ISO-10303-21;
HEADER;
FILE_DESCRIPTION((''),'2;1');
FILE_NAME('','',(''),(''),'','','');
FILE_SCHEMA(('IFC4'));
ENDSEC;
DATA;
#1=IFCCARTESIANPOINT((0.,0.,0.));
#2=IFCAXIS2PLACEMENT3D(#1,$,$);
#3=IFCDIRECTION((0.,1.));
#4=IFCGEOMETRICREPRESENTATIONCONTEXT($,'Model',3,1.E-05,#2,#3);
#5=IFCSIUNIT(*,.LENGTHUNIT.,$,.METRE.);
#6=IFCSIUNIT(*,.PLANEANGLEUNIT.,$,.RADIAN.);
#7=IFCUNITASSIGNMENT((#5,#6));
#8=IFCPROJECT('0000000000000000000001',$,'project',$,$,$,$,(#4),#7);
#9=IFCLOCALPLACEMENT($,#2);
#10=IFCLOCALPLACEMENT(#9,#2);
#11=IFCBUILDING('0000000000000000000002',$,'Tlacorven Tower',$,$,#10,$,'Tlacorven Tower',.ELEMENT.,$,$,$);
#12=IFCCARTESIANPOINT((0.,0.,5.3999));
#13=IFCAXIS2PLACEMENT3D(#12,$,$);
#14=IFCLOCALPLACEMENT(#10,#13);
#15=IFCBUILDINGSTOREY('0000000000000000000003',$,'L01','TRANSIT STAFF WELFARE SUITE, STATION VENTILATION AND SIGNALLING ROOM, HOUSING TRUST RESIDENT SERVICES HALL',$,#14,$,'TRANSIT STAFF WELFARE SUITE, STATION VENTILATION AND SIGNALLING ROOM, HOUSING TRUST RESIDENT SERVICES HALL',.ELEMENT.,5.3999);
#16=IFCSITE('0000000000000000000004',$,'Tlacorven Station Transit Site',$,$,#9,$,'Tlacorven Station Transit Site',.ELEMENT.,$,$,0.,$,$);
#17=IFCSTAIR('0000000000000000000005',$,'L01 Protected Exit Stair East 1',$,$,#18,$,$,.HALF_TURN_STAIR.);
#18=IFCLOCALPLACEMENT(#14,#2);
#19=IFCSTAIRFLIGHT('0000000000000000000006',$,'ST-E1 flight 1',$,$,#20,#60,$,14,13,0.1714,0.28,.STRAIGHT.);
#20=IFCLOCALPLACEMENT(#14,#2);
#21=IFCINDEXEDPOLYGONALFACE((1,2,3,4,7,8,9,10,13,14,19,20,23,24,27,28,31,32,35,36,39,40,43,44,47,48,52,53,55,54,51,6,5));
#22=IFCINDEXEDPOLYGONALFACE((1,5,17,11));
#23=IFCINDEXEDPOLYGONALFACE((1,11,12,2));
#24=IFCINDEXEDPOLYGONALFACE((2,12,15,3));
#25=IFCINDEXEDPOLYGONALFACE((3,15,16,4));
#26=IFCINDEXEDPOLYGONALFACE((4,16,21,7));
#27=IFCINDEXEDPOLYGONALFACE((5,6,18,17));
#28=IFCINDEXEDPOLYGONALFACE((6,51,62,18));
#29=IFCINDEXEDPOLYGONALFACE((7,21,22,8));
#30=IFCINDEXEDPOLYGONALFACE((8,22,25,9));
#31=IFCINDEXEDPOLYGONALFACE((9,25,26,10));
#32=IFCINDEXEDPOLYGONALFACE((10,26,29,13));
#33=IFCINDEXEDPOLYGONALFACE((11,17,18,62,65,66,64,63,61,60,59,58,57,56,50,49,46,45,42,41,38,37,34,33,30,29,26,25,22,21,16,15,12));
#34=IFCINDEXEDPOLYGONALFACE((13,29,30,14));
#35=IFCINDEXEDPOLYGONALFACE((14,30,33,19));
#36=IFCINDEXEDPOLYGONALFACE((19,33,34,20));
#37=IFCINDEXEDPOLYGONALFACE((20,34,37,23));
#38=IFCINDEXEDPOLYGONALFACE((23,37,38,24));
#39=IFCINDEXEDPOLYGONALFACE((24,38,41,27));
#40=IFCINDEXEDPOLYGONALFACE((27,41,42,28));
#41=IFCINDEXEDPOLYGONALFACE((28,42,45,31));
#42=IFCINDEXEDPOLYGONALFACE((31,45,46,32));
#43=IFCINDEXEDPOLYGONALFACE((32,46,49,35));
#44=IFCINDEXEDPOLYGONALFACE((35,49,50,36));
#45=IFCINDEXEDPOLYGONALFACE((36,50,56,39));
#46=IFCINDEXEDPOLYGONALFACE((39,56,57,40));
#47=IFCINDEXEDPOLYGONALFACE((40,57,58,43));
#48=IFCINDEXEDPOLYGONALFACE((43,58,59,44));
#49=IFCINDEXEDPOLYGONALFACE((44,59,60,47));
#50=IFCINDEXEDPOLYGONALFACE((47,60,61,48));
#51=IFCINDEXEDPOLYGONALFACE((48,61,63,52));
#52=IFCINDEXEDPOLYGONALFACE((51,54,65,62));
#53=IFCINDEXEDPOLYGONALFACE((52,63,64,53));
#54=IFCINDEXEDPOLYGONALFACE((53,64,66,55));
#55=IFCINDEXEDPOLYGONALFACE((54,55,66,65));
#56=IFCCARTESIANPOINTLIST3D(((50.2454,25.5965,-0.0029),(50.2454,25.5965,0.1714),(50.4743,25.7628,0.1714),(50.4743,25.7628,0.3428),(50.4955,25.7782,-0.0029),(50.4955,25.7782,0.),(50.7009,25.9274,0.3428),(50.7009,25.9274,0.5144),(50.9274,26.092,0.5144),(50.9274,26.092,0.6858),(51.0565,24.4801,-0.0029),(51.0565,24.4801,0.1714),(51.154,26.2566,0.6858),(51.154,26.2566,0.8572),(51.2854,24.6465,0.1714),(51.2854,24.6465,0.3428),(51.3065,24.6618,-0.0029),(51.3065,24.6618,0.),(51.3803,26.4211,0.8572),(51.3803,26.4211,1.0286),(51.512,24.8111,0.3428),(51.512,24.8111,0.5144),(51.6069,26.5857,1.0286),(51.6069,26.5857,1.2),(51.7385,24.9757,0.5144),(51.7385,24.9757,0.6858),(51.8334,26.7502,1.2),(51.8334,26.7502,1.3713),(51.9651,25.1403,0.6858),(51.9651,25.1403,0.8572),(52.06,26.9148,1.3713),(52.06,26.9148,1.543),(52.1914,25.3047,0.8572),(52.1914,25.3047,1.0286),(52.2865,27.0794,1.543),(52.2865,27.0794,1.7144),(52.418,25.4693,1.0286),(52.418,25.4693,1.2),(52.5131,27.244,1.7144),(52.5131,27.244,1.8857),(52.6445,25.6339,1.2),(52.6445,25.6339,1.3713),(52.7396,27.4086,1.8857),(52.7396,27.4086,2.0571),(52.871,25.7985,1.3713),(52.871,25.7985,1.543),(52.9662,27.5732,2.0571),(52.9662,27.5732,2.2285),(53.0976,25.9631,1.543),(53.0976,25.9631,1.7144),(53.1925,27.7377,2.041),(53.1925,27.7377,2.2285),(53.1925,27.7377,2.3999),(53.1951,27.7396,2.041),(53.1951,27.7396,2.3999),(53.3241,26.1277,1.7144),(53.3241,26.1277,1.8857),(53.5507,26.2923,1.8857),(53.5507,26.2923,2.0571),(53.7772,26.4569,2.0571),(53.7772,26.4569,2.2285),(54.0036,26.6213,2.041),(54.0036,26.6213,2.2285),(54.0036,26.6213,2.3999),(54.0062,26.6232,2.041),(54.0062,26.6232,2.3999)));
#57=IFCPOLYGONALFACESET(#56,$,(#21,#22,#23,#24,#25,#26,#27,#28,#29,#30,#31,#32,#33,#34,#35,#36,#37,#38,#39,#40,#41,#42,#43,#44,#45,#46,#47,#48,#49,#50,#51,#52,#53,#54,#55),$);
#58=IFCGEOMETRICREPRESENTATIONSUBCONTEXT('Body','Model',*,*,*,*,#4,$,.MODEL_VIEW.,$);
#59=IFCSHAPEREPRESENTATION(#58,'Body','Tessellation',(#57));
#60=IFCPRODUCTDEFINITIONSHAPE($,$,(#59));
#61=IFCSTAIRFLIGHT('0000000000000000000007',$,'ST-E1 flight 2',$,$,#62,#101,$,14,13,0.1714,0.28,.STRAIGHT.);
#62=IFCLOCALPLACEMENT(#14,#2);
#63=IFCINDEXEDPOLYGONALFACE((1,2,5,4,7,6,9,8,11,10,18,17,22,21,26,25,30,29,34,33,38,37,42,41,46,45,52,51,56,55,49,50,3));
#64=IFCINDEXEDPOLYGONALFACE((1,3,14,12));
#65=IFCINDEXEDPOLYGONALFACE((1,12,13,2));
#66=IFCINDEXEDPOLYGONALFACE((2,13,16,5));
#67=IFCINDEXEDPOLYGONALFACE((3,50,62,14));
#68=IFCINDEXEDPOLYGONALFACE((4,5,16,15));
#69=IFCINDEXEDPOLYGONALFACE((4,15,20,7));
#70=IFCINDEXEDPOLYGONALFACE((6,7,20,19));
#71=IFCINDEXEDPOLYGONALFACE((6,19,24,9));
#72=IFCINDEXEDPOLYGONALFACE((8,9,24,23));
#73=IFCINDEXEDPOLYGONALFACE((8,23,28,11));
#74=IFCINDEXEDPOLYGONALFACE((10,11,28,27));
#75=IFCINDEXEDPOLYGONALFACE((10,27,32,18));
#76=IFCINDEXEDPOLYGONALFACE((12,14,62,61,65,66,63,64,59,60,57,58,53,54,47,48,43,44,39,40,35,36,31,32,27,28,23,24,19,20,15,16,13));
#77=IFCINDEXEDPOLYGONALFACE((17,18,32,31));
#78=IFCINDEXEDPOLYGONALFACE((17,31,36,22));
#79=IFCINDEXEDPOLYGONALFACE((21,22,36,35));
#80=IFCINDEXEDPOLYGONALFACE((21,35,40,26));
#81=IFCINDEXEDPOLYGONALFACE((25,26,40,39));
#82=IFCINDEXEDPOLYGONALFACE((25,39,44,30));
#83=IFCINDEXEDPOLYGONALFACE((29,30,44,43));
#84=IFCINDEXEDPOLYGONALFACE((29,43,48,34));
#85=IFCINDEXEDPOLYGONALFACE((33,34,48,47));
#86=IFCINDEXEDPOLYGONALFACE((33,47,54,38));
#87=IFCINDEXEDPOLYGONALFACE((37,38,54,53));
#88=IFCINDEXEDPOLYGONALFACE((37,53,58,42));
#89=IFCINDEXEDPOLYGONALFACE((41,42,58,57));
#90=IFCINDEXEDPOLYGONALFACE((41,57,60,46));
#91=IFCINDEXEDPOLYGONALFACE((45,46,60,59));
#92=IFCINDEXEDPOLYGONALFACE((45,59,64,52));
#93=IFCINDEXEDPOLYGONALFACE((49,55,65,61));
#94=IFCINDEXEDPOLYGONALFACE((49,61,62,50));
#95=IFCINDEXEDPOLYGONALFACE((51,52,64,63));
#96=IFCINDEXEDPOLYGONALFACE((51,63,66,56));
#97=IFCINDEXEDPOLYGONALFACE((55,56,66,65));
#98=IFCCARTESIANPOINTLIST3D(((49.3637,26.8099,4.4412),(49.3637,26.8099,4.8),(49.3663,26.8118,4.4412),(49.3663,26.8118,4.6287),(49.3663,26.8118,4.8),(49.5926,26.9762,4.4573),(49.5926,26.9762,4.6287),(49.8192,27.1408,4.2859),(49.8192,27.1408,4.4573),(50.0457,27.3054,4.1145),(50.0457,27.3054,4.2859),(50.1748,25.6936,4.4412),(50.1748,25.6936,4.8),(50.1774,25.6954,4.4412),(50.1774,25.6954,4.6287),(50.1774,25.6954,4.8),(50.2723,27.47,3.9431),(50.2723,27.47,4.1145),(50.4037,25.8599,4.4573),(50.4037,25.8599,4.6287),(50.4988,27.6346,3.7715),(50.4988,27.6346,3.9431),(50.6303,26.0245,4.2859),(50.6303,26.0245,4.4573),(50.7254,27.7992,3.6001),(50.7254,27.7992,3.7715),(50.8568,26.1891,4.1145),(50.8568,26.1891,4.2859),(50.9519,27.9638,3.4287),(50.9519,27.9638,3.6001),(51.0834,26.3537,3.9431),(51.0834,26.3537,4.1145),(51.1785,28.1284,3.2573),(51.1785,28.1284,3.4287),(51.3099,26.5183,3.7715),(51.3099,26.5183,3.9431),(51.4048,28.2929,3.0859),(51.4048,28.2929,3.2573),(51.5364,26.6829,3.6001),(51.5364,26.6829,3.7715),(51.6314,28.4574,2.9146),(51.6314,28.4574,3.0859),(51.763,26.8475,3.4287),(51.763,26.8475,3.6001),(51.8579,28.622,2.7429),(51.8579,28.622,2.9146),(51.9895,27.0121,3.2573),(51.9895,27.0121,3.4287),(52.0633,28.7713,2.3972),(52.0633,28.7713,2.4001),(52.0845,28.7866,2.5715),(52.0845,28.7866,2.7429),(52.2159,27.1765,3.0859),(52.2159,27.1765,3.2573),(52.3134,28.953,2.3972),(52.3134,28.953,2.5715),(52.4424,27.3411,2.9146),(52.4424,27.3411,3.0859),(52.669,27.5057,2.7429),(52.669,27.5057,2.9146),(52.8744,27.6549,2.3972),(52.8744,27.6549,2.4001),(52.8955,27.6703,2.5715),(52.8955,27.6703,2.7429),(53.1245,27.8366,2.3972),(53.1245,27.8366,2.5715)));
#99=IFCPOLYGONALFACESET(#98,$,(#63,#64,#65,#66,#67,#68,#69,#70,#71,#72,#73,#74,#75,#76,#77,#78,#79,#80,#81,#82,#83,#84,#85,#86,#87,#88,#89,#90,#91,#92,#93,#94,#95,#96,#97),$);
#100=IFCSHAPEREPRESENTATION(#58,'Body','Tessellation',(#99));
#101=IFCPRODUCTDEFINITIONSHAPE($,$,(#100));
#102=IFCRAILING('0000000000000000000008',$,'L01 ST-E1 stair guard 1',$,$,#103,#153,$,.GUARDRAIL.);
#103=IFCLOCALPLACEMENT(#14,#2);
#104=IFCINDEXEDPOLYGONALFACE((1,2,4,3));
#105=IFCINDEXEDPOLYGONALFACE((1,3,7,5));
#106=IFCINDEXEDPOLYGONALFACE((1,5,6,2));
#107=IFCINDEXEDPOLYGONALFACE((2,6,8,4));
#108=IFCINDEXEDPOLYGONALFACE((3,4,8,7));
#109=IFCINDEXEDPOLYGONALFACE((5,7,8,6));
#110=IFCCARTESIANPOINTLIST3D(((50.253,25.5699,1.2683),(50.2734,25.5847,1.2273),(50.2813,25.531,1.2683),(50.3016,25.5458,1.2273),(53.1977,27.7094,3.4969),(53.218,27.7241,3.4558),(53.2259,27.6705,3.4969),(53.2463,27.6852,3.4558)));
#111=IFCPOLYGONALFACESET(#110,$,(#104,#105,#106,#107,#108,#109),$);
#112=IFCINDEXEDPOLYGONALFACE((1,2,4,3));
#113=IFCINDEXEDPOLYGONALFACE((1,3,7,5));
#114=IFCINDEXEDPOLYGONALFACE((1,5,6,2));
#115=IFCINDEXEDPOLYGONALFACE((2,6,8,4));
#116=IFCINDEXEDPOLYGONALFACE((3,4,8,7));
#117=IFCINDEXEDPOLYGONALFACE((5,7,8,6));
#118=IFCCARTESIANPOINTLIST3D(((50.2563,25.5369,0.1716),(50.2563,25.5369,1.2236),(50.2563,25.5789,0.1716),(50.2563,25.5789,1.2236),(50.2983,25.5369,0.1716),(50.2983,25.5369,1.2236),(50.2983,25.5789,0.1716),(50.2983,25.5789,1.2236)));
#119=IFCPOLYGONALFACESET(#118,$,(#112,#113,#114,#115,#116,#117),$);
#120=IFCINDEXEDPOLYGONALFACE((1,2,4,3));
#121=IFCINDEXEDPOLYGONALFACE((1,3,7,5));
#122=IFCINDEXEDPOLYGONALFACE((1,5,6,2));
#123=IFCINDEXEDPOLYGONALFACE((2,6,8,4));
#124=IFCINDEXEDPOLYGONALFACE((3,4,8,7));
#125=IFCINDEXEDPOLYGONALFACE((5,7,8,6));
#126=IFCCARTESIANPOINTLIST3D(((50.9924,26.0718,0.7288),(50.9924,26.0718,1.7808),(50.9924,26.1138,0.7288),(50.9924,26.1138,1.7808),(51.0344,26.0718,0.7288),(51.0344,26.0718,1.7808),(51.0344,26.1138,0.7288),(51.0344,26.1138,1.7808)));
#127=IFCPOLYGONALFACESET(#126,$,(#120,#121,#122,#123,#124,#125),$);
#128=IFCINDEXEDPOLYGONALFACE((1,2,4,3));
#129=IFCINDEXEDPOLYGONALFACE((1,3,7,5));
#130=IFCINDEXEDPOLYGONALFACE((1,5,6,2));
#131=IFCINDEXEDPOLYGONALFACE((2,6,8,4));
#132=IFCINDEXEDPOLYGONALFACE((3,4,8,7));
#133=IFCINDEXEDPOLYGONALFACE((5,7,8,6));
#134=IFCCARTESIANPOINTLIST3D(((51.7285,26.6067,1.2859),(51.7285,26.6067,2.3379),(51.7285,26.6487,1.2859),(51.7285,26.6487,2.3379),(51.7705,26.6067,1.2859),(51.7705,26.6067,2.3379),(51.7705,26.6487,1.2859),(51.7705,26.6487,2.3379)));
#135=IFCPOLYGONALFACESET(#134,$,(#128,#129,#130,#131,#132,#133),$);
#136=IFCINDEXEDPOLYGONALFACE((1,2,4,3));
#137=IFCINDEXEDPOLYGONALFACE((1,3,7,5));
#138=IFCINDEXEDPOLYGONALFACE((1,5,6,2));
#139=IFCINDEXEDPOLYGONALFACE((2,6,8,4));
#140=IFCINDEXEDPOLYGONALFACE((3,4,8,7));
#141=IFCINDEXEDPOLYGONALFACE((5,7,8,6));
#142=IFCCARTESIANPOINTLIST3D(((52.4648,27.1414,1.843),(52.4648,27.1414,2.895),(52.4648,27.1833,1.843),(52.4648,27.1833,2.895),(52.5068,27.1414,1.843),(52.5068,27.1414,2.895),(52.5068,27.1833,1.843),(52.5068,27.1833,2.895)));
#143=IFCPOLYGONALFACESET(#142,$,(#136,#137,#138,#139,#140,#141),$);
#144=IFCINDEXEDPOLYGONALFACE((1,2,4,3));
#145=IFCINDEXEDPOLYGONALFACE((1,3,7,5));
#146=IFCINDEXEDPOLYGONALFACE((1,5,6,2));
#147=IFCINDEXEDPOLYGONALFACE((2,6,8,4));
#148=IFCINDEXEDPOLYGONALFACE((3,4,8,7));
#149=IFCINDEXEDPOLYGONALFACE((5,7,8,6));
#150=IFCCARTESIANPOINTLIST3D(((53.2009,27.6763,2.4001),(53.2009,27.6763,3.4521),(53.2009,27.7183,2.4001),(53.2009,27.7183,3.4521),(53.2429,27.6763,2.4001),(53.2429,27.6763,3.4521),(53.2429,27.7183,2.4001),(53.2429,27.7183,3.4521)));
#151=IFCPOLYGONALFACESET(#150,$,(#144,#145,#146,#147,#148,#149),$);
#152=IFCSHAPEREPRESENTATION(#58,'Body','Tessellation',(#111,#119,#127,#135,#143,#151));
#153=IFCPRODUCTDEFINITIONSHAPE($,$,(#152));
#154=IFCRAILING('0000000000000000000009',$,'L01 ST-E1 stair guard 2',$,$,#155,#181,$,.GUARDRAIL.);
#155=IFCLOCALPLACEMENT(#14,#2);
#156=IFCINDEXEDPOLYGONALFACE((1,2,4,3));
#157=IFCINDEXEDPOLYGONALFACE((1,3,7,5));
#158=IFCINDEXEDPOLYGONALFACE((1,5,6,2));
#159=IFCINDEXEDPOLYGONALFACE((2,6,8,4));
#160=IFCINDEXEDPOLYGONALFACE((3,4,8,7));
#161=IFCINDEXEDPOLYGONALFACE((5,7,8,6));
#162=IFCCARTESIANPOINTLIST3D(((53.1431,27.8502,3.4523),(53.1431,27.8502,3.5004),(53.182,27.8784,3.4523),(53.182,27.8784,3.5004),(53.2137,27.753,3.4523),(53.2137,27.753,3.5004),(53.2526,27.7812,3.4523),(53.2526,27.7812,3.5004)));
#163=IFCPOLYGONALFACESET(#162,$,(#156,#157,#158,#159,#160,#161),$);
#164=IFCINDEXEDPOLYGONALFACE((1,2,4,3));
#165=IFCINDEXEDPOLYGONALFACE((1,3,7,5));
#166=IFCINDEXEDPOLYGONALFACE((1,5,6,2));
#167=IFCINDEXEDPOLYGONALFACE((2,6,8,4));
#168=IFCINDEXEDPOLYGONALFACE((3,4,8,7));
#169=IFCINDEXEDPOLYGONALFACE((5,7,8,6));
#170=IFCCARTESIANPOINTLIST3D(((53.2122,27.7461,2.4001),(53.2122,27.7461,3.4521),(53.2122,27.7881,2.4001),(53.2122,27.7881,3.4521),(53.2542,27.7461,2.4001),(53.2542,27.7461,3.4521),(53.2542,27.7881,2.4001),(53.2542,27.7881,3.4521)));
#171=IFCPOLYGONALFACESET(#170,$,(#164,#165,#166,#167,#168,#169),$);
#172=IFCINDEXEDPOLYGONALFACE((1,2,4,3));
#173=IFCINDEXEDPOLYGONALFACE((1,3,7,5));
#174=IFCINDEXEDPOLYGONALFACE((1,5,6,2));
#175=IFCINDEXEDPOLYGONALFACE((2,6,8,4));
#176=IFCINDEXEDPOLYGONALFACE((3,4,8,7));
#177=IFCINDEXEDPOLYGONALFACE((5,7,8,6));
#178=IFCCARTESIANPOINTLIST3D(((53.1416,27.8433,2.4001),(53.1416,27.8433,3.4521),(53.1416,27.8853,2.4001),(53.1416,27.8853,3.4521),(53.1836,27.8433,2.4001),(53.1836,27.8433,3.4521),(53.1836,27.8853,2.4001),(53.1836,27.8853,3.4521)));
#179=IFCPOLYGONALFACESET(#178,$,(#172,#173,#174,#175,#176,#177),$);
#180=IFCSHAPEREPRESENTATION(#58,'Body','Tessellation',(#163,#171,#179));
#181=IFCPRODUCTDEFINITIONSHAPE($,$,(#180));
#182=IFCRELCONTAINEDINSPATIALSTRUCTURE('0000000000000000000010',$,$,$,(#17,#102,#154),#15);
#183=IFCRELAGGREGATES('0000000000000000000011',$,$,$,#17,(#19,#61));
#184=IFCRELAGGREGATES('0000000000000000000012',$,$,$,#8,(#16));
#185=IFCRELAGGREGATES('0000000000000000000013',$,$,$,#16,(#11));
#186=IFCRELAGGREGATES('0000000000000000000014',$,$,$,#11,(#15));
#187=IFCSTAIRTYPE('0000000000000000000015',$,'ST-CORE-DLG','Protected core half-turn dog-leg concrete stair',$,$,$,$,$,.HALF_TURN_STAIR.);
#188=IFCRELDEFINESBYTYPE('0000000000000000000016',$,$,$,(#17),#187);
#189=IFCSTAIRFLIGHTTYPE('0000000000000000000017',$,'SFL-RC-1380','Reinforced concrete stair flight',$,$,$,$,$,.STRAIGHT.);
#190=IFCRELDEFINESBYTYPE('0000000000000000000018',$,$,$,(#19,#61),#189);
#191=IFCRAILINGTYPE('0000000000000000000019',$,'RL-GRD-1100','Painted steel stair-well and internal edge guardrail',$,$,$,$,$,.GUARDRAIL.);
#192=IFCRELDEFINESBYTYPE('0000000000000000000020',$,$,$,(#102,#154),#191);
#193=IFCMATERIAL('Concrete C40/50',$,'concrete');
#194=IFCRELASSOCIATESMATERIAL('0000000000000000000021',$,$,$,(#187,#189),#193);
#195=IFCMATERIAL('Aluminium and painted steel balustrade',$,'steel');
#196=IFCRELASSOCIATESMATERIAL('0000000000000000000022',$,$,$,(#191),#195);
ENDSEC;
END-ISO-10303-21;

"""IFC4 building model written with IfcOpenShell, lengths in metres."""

from ifc_helpers import new_model, si_unit, direction, frame, origin, origin_2d, place, context, subcontext, project, spatial, polyline, rectangle, outline, extrude, source, transform, mapped, material, type_object, element, aggregate, save


model = new_model("IFC4")

# Units and contexts
model_context = context("Model", 3, precision=1e-05, world=origin(), true_north=direction((0.0, 1.0)))
body_context = subcontext(model_context, "Body", "Model", "MODEL_VIEW")
ifc_project = project(units=[si_unit("LENGTHUNIT", "METRE"), si_unit("PLANEANGLEUNIT", "RADIAN")], contexts=[model_context])

# Site, building, storey
site_placement = place(None, origin())
site = spatial("IfcSite", under=ifc_project, at=site_placement, Name="Tlacorven Station Transit Site", LongName="Tlacorven Station Transit Site", CompositionType="ELEMENT", RefElevation=0.0)
building_placement = place(site_placement, origin())
building = spatial("IfcBuilding", under=site, at=building_placement, Name="Tlacorven Tower", LongName="Tlacorven Tower", CompositionType="ELEMENT")
storey_placement = place(building_placement, frame((0.0, 0.0, 5.3999)))
storey = spatial("IfcBuildingStorey", under=building, at=storey_placement, Name="L01", Description="TRANSIT STAFF WELFARE SUITE, STATION VENTILATION AND SIGNALLING ROOM, HOUSING TRUST RESIDENT SERVICES HALL", LongName="TRANSIT STAFF WELFARE SUITE, STATION VENTILATION AND SIGNALLING ROOM, HOUSING TRUST RESIDENT SERVICES HALL", CompositionType="ELEMENT", Elevation=5.3999)

# Stair, stair flights
ifc_material_1 = material(Name="Concrete C40/50", Category="concrete")
stair_type = type_object("IfcStairType", Name="ST-CORE-DLG", Description="Protected core half-turn dog-leg concrete stair", PredefinedType="HALF_TURN_STAIR", material=ifc_material_1)
stair_placement = place(storey_placement, origin())
stair = element("IfcStair", 1, at=stair_placement, inside=storey, type_object=stair_type, Name="L01 Protected Exit Stair East 1", PredefinedType="HALF_TURN_STAIR")
stair_flight_type = type_object("IfcStairFlightType", Name="SFL-RC-1380", Description="Reinforced concrete stair flight", PredefinedType="STRAIGHT", material=ifc_material_1)
shared_shape_1 = source(origin(), body_context, "Body", "SweptSolid", [
    extrude(outline(polyline([(-0.0029, -0.0029), (-0.0029, 0.1714), (0.28, 0.1714), (0.28, 0.3428), (0.5601, 0.3428), (0.5601, 0.5144), (0.8401, 0.5144), (0.8401, 0.6858), (1.1201, 0.6858), (1.1201, 0.8572), (1.3999, 0.8572), (1.3999, 1.0286), (1.6799, 1.0286), (1.6799, 1.2), (1.96, 1.2), (1.96, 1.3713), (2.24, 1.3713), (2.24, 1.543), (2.52, 1.543), (2.52, 1.7144), (2.8, 1.7144), (2.8, 1.8857), (3.0801, 1.8857), (3.0801, 2.0571), (3.3601, 2.0571), (3.3601, 2.2285), (3.6399, 2.2285), (3.6399, 2.3999), (3.6431, 2.3999), (3.6431, 2.041), (3.6399, 2.041), (0.3062, 0.0), (0.3062, -0.0029), (-0.0029, -0.0029)])), frame((0.0, 0.6899, 0.0), z_axis=(0.0, -1.0, 0.0), x_axis=(1.0, 0.0, 0.0)), (0.0, 0.0, 1.0), 1.3799),
])
stair_flight_1_placement = place(storey_placement, frame((50.6533, 25.04, 0.0), z_axis=(0.0, 0.0, 1.0), x_axis=(0.809017, 0.587785, 0.0)))
stair_flight_1 = element("IfcStairFlight", 2, at=stair_flight_1_placement, type_object=stair_flight_type, Name="ST-E1 flight 1", NumberOfRisers=14, NumberOfTreads=13, PredefinedType="STRAIGHT", RiserHeight=0.1714, TreadLength=0.28, context=body_context, shape_type="MappedRepresentation", body=[
    mapped(shared_shape_1, transform((0.0, 0.0, 0.0), scale=1.0)),
])
stair_flight_2_placement = place(storey_placement, frame((52.7166, 28.3931, 2.4001), z_axis=(0.0, 0.0, 1.0), x_axis=(-0.809017, -0.587785, 0.0)))
stair_flight_2 = element("IfcStairFlight", 3, at=stair_flight_2_placement, type_object=stair_flight_type, Name="ST-E1 flight 2", NumberOfRisers=14, NumberOfTreads=13, PredefinedType="STRAIGHT", RiserHeight=0.1714, TreadLength=0.28, context=body_context, shape_type="MappedRepresentation", body=[
    mapped(shared_shape_1, transform((0.0, 0.0, 0.0), scale=1.0)),
])
aggregate(stair, [stair_flight_1, stair_flight_2])

# Railings
ifc_material_2 = material(Name="Aluminium and painted steel balustrade", Category="steel")
railing_type_1 = type_object("IfcRailingType", Name="RL-GRD-1100", Description="Painted steel stair-well and internal edge guardrail", PredefinedType="GUARDRAIL", material=ifc_material_2)
shared_shape_2 = source(origin(), body_context, "Body", "SweptSolid", [
    extrude(rectangle(XDim=0.0481, YDim=0.0481, at=origin_2d()), frame((0.0, 0.0, 1.0762), z_axis=(0.689957, 0.501293, 0.522173), x_axis=(-0.587793, 0.809012, 0.0)), (0.0, 0.0, 1.0), 4.2678),
    extrude(rectangle(XDim=0.042, YDim=0.042, at=origin_2d()), origin(), (0.0, 0.0, 1.0), 1.052),
    extrude(rectangle(XDim=0.042, YDim=0.042, at=origin_2d()), frame((0.7361, 0.5349, 0.5571)), (0.0, 0.0, 1.0), 1.052),
    extrude(rectangle(XDim=0.042, YDim=0.042, at=origin_2d()), frame((1.4722, 1.0698, 1.1143)), (0.0, 0.0, 1.0), 1.052),
    extrude(rectangle(XDim=0.042, YDim=0.042, at=origin_2d()), frame((2.2085, 1.6045, 1.6714)), (0.0, 0.0, 1.0), 1.052),
    extrude(rectangle(XDim=0.042, YDim=0.042, at=origin_2d()), frame((2.9446, 2.1394, 2.2285)), (0.0, 0.0, 1.0), 1.052),
])
railing_1_placement = place(storey_placement, frame((50.2773, 25.5579, 0.1716)))
element("IfcRailing", 4, at=railing_1_placement, inside=storey, type_object=railing_type_1, Name="L01 ST-E1 stair guard 1", PredefinedType="GUARDRAIL", context=body_context, shape_type="MappedRepresentation", body=[
    mapped(shared_shape_2, transform((0.0, 0.0, 0.0), scale=1.0)),
])
shared_shape_3 = source(origin(), body_context, "Body", "SweptSolid", [
    extrude(rectangle(XDim=0.0481, YDim=0.0481, at=origin_2d()), frame((0.0, 0.0, 1.0762), z_axis=(-0.587567, 0.809175, 0.0), x_axis=(-0.809175, -0.587567, 0.0)), (0.0, 0.0, 1.0), 0.1201),
    extrude(rectangle(XDim=0.042, YDim=0.042, at=origin_2d()), origin(), (0.0, 0.0, 1.0), 1.052),
    extrude(rectangle(XDim=0.042, YDim=0.042, at=origin_2d()), frame((-0.0706, 0.0972, 0.0)), (0.0, 0.0, 1.0), 1.052),
])
railing_2_placement = place(storey_placement, frame((53.2332, 27.7671, 2.4001)))
element("IfcRailing", 5, at=railing_2_placement, inside=storey, type_object=railing_type_1, Name="L01 ST-E1 stair guard 2", PredefinedType="GUARDRAIL", context=body_context, shape_type="MappedRepresentation", body=[
    mapped(shared_shape_3, transform((0.0, 0.0, 0.0), scale=1.0)),
])

save(model, "model.ifc")
